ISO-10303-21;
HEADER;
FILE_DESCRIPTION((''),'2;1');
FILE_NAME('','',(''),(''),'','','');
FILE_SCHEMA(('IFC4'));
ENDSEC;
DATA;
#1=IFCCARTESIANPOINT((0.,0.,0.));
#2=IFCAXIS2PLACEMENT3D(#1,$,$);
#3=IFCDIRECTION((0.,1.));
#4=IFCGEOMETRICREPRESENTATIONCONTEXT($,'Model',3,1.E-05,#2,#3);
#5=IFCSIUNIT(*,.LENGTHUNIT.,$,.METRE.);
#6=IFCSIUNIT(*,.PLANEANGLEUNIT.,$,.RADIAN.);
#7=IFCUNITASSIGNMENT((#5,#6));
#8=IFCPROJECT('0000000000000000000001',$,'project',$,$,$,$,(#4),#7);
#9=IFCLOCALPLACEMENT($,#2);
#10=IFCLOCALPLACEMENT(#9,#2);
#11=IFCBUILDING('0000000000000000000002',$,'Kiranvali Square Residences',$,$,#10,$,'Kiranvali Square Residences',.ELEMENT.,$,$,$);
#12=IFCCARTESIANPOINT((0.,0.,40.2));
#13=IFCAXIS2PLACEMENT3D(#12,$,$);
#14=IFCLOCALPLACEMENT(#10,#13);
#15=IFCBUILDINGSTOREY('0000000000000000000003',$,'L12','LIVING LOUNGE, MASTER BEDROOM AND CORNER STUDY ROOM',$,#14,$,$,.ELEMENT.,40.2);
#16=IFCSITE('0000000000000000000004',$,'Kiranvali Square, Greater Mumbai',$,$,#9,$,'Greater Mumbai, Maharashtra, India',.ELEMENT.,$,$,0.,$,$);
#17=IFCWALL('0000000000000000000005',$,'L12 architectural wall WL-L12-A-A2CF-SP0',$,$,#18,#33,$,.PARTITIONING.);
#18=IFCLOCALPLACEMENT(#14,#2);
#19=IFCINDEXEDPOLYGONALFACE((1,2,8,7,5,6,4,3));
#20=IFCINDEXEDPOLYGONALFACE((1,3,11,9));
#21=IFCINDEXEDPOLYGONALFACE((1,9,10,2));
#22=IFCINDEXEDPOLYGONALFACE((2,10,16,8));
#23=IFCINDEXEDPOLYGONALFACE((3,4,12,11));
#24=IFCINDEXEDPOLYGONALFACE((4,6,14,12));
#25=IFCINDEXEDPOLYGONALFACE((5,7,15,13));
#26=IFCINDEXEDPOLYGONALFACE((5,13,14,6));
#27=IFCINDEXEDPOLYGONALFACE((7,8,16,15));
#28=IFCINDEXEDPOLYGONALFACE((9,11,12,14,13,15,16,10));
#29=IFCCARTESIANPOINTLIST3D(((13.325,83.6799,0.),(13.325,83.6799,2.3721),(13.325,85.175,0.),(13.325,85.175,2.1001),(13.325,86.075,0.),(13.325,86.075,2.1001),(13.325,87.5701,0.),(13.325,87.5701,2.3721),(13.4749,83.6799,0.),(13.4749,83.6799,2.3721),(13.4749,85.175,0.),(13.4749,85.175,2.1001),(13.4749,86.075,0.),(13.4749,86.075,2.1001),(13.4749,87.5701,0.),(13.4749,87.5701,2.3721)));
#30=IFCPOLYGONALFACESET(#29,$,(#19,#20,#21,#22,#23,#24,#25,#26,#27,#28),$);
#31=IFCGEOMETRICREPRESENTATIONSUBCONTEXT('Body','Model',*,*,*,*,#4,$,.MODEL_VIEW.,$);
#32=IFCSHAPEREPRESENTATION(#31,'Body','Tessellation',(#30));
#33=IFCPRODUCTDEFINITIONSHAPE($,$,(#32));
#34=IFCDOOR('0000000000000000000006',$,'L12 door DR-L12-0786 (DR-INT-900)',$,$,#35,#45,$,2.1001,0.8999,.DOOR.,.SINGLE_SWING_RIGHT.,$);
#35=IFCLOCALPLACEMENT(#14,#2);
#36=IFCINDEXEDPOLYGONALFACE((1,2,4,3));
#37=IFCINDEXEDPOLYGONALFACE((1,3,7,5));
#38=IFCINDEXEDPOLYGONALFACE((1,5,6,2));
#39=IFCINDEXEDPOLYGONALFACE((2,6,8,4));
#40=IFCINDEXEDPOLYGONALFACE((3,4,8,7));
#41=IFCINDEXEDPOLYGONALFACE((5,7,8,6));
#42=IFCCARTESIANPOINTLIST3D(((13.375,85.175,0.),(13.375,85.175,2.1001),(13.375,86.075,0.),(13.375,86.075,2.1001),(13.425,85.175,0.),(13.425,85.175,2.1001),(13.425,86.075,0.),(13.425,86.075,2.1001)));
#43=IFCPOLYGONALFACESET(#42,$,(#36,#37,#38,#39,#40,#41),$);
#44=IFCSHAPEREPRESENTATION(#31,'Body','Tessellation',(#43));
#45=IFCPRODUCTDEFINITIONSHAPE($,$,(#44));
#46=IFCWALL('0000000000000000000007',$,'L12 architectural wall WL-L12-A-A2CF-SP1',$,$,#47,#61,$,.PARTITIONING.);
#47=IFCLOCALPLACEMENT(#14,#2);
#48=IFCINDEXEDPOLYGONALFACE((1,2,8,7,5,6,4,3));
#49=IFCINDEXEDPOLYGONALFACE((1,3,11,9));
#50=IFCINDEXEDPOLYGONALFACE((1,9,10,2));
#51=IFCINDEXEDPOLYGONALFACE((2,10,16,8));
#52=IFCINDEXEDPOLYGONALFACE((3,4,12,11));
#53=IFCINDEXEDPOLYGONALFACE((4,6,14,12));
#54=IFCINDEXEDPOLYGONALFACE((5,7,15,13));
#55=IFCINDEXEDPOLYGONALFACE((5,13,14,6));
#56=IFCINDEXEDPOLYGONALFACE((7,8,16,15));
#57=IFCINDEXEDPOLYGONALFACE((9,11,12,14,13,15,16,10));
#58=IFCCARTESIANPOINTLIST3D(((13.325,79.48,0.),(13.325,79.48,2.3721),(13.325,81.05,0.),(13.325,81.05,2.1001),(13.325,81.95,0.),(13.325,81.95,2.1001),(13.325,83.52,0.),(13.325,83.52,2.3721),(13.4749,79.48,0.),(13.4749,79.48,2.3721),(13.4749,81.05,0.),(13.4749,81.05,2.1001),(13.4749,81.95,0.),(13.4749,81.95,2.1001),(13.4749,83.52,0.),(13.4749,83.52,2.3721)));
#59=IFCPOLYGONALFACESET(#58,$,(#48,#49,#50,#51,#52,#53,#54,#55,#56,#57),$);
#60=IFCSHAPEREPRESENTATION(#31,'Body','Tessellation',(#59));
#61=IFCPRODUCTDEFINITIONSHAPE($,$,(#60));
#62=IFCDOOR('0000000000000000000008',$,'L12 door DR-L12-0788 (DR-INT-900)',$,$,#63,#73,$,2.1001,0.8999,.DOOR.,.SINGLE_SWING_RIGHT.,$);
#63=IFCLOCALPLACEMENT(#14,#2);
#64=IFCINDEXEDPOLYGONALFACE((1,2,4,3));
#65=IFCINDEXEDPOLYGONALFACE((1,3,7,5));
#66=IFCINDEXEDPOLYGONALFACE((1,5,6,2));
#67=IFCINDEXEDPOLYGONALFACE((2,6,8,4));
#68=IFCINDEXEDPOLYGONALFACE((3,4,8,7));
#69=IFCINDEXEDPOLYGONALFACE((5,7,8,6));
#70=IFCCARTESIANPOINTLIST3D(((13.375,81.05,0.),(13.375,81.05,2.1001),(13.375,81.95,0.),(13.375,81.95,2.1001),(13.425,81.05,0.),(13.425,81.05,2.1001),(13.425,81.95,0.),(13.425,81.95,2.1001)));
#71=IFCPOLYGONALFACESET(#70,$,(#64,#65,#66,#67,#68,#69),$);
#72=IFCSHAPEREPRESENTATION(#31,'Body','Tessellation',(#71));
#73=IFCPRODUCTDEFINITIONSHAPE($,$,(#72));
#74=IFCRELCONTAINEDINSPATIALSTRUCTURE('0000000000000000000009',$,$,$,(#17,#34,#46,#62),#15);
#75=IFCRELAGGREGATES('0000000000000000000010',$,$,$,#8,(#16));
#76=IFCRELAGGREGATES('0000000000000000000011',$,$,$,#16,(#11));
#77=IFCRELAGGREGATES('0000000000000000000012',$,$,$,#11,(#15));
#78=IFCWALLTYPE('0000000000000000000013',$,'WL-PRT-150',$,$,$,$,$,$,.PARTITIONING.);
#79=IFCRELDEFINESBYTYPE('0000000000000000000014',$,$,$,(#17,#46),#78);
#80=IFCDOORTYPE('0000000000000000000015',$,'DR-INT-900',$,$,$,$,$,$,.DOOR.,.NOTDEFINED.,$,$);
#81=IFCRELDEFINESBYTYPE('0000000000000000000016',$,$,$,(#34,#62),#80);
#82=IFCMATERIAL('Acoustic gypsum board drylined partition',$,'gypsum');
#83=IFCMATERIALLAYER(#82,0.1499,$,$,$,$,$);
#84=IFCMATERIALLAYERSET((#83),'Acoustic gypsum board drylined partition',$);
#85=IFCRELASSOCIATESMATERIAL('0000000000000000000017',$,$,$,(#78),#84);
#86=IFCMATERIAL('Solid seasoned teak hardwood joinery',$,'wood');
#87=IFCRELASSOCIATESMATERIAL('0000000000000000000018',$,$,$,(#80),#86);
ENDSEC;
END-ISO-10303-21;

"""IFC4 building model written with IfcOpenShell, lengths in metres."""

from ifc_helpers import new_model, si_unit, direction, frame, frame_2d, origin, place, context, subcontext, project, spatial, rectangle, extrude, material, layer, layer_set, type_object, element, fill, save


model = new_model("IFC4")

# Units and contexts
model_context = context("Model", 3, precision=1e-05, world=origin(), true_north=direction((0.0, 1.0)))
body_context = subcontext(model_context, "Body", "Model", "MODEL_VIEW")
ifc_project = project(units=[si_unit("LENGTHUNIT", "METRE"), si_unit("PLANEANGLEUNIT", "RADIAN")], contexts=[model_context])

# Site, building, storey
site_placement = place(None, origin())
site = spatial("IfcSite", under=ifc_project, at=site_placement, Name="Kiranvali Square, Greater Mumbai", LongName="Greater Mumbai, Maharashtra, India", CompositionType="ELEMENT", RefElevation=0.0)
building_placement = place(site_placement, origin())
building = spatial("IfcBuilding", under=site, at=building_placement, Name="Kiranvali Square Residences", LongName="Kiranvali Square Residences", CompositionType="ELEMENT")
storey_placement = place(building_placement, frame((0.0, 0.0, 40.2)))
storey = spatial("IfcBuildingStorey", under=building, at=storey_placement, Name="L12", Description="LIVING LOUNGE, MASTER BEDROOM AND CORNER STUDY ROOM", CompositionType="ELEMENT", Elevation=40.2)

# Walls, openings, doors
ifc_material_1 = material(Name="Acoustic gypsum board drylined partition", Category="gypsum")
ifc_layer_1 = layer(ifc_material_1, 0.1499)
ifc_layer_set_1 = layer_set([ifc_layer_1], Name="Acoustic gypsum board drylined partition")
wall_type_1 = type_object("IfcWallType", Name="WL-PRT-150", PredefinedType="PARTITIONING", material=ifc_layer_set_1)
wall_1_placement = place(storey_placement, frame((13.3999, 87.5701, 0.0), z_axis=(0.0, 0.0, 1.0), x_axis=(0.0, -1.0, 0.0)))
wall_1 = element("IfcWall", 1, at=wall_1_placement, inside=storey, type_object=wall_type_1, Name="L12 architectural wall WL-L12-A-A2CF-SP0", PredefinedType="PARTITIONING", context=body_context, shape_type="SweptSolid", body=[
    extrude(rectangle(XDim=3.8901, YDim=0.1499, at=frame_2d((1.9451, 0.0))), origin(), (0.0, 0.0, 1.0), 2.3721),
])
opening_1_placement = place(wall_1_placement, frame((1.4951, 0.0, 0.0)))
opening_1 = element("IfcOpeningElement", 2, at=opening_1_placement, cuts=wall_1, PredefinedType="OPENING", context=body_context, shape_type="SweptSolid", body=[
    extrude(rectangle(XDim=0.8999, YDim=2.1001, at=frame_2d((0.45, 1.05))), frame((0.0, 0.085, 0.0), z_axis=(0.0, -1.0, 0.0), x_axis=(1.0, 0.0, 0.0)), (0.0, 0.0, 1.0), 0.1699),
])
ifc_material_2 = material(Name="Solid seasoned teak hardwood joinery", Category="wood")
door_type_1 = type_object("IfcDoorType", Name="DR-INT-900", OperationType="NOTDEFINED", PredefinedType="DOOR", material=ifc_material_2)
door_1_placement = place(opening_1_placement, frame((0.8999, 0.0, 0.0), z_axis=(0.0, 0.0, 1.0), x_axis=(-1.0, 0.0, 0.0)))
door_1 = element("IfcDoor", 3, at=door_1_placement, inside=storey, type_object=door_type_1, Name="L12 door DR-L12-0786 (DR-INT-900)", OperationType="SINGLE_SWING_RIGHT", OverallHeight=2.1001, OverallWidth=0.8999, PredefinedType="DOOR", context=body_context, shape_type="SweptSolid", body=[
    extrude(rectangle(XDim=0.8999, YDim=2.1001, at=frame_2d((0.45, 1.05))), frame((0.0, 0.0249, 0.0), z_axis=(0.0, -1.0, 0.0), x_axis=(1.0, 0.0, 0.0)), (0.0, 0.0, 1.0), 0.05),
])
fill(opening_1, door_1)
wall_2_placement = place(storey_placement, frame((13.3999, 83.52, 0.0), z_axis=(0.0, 0.0, 1.0), x_axis=(0.0, -1.0, 0.0)))
wall_2 = element("IfcWall", 4, at=wall_2_placement, inside=storey, type_object=wall_type_1, Name="L12 architectural wall WL-L12-A-A2CF-SP1", PredefinedType="PARTITIONING", context=body_context, shape_type="SweptSolid", body=[
    extrude(rectangle(XDim=4.04, YDim=0.1499, at=frame_2d((2.02, 0.0))), origin(), (0.0, 0.0, 1.0), 2.3721),
])
opening_2_placement = place(wall_2_placement, frame((1.5701, 0.0, 0.0)))
opening_2 = element("IfcOpeningElement", 5, at=opening_2_placement, cuts=wall_2, PredefinedType="OPENING", context=body_context, shape_type="SweptSolid", body=[
    extrude(rectangle(XDim=0.8999, YDim=2.1001, at=frame_2d((0.45, 1.05))), frame((0.0, 0.085, 0.0), z_axis=(0.0, -1.0, 0.0), x_axis=(1.0, 0.0, 0.0)), (0.0, 0.0, 1.0), 0.1699),
])
door_2_placement = place(opening_2_placement, frame((0.8999, 0.0, 0.0), z_axis=(0.0, 0.0, 1.0), x_axis=(-1.0, 0.0, 0.0)))
door_2 = element("IfcDoor", 6, at=door_2_placement, inside=storey, type_object=door_type_1, Name="L12 door DR-L12-0788 (DR-INT-900)", OperationType="SINGLE_SWING_RIGHT", OverallHeight=2.1001, OverallWidth=0.8999, PredefinedType="DOOR", context=body_context, shape_type="SweptSolid", body=[
    extrude(rectangle(XDim=0.8999, YDim=2.1001, at=frame_2d((0.45, 1.05))), frame((0.0, 0.0249, 0.0), z_axis=(0.0, -1.0, 0.0), x_axis=(1.0, 0.0, 0.0)), (0.0, 0.0, 1.0), 0.05),
])
fill(opening_2, door_2)

save(model, "model.ifc")
